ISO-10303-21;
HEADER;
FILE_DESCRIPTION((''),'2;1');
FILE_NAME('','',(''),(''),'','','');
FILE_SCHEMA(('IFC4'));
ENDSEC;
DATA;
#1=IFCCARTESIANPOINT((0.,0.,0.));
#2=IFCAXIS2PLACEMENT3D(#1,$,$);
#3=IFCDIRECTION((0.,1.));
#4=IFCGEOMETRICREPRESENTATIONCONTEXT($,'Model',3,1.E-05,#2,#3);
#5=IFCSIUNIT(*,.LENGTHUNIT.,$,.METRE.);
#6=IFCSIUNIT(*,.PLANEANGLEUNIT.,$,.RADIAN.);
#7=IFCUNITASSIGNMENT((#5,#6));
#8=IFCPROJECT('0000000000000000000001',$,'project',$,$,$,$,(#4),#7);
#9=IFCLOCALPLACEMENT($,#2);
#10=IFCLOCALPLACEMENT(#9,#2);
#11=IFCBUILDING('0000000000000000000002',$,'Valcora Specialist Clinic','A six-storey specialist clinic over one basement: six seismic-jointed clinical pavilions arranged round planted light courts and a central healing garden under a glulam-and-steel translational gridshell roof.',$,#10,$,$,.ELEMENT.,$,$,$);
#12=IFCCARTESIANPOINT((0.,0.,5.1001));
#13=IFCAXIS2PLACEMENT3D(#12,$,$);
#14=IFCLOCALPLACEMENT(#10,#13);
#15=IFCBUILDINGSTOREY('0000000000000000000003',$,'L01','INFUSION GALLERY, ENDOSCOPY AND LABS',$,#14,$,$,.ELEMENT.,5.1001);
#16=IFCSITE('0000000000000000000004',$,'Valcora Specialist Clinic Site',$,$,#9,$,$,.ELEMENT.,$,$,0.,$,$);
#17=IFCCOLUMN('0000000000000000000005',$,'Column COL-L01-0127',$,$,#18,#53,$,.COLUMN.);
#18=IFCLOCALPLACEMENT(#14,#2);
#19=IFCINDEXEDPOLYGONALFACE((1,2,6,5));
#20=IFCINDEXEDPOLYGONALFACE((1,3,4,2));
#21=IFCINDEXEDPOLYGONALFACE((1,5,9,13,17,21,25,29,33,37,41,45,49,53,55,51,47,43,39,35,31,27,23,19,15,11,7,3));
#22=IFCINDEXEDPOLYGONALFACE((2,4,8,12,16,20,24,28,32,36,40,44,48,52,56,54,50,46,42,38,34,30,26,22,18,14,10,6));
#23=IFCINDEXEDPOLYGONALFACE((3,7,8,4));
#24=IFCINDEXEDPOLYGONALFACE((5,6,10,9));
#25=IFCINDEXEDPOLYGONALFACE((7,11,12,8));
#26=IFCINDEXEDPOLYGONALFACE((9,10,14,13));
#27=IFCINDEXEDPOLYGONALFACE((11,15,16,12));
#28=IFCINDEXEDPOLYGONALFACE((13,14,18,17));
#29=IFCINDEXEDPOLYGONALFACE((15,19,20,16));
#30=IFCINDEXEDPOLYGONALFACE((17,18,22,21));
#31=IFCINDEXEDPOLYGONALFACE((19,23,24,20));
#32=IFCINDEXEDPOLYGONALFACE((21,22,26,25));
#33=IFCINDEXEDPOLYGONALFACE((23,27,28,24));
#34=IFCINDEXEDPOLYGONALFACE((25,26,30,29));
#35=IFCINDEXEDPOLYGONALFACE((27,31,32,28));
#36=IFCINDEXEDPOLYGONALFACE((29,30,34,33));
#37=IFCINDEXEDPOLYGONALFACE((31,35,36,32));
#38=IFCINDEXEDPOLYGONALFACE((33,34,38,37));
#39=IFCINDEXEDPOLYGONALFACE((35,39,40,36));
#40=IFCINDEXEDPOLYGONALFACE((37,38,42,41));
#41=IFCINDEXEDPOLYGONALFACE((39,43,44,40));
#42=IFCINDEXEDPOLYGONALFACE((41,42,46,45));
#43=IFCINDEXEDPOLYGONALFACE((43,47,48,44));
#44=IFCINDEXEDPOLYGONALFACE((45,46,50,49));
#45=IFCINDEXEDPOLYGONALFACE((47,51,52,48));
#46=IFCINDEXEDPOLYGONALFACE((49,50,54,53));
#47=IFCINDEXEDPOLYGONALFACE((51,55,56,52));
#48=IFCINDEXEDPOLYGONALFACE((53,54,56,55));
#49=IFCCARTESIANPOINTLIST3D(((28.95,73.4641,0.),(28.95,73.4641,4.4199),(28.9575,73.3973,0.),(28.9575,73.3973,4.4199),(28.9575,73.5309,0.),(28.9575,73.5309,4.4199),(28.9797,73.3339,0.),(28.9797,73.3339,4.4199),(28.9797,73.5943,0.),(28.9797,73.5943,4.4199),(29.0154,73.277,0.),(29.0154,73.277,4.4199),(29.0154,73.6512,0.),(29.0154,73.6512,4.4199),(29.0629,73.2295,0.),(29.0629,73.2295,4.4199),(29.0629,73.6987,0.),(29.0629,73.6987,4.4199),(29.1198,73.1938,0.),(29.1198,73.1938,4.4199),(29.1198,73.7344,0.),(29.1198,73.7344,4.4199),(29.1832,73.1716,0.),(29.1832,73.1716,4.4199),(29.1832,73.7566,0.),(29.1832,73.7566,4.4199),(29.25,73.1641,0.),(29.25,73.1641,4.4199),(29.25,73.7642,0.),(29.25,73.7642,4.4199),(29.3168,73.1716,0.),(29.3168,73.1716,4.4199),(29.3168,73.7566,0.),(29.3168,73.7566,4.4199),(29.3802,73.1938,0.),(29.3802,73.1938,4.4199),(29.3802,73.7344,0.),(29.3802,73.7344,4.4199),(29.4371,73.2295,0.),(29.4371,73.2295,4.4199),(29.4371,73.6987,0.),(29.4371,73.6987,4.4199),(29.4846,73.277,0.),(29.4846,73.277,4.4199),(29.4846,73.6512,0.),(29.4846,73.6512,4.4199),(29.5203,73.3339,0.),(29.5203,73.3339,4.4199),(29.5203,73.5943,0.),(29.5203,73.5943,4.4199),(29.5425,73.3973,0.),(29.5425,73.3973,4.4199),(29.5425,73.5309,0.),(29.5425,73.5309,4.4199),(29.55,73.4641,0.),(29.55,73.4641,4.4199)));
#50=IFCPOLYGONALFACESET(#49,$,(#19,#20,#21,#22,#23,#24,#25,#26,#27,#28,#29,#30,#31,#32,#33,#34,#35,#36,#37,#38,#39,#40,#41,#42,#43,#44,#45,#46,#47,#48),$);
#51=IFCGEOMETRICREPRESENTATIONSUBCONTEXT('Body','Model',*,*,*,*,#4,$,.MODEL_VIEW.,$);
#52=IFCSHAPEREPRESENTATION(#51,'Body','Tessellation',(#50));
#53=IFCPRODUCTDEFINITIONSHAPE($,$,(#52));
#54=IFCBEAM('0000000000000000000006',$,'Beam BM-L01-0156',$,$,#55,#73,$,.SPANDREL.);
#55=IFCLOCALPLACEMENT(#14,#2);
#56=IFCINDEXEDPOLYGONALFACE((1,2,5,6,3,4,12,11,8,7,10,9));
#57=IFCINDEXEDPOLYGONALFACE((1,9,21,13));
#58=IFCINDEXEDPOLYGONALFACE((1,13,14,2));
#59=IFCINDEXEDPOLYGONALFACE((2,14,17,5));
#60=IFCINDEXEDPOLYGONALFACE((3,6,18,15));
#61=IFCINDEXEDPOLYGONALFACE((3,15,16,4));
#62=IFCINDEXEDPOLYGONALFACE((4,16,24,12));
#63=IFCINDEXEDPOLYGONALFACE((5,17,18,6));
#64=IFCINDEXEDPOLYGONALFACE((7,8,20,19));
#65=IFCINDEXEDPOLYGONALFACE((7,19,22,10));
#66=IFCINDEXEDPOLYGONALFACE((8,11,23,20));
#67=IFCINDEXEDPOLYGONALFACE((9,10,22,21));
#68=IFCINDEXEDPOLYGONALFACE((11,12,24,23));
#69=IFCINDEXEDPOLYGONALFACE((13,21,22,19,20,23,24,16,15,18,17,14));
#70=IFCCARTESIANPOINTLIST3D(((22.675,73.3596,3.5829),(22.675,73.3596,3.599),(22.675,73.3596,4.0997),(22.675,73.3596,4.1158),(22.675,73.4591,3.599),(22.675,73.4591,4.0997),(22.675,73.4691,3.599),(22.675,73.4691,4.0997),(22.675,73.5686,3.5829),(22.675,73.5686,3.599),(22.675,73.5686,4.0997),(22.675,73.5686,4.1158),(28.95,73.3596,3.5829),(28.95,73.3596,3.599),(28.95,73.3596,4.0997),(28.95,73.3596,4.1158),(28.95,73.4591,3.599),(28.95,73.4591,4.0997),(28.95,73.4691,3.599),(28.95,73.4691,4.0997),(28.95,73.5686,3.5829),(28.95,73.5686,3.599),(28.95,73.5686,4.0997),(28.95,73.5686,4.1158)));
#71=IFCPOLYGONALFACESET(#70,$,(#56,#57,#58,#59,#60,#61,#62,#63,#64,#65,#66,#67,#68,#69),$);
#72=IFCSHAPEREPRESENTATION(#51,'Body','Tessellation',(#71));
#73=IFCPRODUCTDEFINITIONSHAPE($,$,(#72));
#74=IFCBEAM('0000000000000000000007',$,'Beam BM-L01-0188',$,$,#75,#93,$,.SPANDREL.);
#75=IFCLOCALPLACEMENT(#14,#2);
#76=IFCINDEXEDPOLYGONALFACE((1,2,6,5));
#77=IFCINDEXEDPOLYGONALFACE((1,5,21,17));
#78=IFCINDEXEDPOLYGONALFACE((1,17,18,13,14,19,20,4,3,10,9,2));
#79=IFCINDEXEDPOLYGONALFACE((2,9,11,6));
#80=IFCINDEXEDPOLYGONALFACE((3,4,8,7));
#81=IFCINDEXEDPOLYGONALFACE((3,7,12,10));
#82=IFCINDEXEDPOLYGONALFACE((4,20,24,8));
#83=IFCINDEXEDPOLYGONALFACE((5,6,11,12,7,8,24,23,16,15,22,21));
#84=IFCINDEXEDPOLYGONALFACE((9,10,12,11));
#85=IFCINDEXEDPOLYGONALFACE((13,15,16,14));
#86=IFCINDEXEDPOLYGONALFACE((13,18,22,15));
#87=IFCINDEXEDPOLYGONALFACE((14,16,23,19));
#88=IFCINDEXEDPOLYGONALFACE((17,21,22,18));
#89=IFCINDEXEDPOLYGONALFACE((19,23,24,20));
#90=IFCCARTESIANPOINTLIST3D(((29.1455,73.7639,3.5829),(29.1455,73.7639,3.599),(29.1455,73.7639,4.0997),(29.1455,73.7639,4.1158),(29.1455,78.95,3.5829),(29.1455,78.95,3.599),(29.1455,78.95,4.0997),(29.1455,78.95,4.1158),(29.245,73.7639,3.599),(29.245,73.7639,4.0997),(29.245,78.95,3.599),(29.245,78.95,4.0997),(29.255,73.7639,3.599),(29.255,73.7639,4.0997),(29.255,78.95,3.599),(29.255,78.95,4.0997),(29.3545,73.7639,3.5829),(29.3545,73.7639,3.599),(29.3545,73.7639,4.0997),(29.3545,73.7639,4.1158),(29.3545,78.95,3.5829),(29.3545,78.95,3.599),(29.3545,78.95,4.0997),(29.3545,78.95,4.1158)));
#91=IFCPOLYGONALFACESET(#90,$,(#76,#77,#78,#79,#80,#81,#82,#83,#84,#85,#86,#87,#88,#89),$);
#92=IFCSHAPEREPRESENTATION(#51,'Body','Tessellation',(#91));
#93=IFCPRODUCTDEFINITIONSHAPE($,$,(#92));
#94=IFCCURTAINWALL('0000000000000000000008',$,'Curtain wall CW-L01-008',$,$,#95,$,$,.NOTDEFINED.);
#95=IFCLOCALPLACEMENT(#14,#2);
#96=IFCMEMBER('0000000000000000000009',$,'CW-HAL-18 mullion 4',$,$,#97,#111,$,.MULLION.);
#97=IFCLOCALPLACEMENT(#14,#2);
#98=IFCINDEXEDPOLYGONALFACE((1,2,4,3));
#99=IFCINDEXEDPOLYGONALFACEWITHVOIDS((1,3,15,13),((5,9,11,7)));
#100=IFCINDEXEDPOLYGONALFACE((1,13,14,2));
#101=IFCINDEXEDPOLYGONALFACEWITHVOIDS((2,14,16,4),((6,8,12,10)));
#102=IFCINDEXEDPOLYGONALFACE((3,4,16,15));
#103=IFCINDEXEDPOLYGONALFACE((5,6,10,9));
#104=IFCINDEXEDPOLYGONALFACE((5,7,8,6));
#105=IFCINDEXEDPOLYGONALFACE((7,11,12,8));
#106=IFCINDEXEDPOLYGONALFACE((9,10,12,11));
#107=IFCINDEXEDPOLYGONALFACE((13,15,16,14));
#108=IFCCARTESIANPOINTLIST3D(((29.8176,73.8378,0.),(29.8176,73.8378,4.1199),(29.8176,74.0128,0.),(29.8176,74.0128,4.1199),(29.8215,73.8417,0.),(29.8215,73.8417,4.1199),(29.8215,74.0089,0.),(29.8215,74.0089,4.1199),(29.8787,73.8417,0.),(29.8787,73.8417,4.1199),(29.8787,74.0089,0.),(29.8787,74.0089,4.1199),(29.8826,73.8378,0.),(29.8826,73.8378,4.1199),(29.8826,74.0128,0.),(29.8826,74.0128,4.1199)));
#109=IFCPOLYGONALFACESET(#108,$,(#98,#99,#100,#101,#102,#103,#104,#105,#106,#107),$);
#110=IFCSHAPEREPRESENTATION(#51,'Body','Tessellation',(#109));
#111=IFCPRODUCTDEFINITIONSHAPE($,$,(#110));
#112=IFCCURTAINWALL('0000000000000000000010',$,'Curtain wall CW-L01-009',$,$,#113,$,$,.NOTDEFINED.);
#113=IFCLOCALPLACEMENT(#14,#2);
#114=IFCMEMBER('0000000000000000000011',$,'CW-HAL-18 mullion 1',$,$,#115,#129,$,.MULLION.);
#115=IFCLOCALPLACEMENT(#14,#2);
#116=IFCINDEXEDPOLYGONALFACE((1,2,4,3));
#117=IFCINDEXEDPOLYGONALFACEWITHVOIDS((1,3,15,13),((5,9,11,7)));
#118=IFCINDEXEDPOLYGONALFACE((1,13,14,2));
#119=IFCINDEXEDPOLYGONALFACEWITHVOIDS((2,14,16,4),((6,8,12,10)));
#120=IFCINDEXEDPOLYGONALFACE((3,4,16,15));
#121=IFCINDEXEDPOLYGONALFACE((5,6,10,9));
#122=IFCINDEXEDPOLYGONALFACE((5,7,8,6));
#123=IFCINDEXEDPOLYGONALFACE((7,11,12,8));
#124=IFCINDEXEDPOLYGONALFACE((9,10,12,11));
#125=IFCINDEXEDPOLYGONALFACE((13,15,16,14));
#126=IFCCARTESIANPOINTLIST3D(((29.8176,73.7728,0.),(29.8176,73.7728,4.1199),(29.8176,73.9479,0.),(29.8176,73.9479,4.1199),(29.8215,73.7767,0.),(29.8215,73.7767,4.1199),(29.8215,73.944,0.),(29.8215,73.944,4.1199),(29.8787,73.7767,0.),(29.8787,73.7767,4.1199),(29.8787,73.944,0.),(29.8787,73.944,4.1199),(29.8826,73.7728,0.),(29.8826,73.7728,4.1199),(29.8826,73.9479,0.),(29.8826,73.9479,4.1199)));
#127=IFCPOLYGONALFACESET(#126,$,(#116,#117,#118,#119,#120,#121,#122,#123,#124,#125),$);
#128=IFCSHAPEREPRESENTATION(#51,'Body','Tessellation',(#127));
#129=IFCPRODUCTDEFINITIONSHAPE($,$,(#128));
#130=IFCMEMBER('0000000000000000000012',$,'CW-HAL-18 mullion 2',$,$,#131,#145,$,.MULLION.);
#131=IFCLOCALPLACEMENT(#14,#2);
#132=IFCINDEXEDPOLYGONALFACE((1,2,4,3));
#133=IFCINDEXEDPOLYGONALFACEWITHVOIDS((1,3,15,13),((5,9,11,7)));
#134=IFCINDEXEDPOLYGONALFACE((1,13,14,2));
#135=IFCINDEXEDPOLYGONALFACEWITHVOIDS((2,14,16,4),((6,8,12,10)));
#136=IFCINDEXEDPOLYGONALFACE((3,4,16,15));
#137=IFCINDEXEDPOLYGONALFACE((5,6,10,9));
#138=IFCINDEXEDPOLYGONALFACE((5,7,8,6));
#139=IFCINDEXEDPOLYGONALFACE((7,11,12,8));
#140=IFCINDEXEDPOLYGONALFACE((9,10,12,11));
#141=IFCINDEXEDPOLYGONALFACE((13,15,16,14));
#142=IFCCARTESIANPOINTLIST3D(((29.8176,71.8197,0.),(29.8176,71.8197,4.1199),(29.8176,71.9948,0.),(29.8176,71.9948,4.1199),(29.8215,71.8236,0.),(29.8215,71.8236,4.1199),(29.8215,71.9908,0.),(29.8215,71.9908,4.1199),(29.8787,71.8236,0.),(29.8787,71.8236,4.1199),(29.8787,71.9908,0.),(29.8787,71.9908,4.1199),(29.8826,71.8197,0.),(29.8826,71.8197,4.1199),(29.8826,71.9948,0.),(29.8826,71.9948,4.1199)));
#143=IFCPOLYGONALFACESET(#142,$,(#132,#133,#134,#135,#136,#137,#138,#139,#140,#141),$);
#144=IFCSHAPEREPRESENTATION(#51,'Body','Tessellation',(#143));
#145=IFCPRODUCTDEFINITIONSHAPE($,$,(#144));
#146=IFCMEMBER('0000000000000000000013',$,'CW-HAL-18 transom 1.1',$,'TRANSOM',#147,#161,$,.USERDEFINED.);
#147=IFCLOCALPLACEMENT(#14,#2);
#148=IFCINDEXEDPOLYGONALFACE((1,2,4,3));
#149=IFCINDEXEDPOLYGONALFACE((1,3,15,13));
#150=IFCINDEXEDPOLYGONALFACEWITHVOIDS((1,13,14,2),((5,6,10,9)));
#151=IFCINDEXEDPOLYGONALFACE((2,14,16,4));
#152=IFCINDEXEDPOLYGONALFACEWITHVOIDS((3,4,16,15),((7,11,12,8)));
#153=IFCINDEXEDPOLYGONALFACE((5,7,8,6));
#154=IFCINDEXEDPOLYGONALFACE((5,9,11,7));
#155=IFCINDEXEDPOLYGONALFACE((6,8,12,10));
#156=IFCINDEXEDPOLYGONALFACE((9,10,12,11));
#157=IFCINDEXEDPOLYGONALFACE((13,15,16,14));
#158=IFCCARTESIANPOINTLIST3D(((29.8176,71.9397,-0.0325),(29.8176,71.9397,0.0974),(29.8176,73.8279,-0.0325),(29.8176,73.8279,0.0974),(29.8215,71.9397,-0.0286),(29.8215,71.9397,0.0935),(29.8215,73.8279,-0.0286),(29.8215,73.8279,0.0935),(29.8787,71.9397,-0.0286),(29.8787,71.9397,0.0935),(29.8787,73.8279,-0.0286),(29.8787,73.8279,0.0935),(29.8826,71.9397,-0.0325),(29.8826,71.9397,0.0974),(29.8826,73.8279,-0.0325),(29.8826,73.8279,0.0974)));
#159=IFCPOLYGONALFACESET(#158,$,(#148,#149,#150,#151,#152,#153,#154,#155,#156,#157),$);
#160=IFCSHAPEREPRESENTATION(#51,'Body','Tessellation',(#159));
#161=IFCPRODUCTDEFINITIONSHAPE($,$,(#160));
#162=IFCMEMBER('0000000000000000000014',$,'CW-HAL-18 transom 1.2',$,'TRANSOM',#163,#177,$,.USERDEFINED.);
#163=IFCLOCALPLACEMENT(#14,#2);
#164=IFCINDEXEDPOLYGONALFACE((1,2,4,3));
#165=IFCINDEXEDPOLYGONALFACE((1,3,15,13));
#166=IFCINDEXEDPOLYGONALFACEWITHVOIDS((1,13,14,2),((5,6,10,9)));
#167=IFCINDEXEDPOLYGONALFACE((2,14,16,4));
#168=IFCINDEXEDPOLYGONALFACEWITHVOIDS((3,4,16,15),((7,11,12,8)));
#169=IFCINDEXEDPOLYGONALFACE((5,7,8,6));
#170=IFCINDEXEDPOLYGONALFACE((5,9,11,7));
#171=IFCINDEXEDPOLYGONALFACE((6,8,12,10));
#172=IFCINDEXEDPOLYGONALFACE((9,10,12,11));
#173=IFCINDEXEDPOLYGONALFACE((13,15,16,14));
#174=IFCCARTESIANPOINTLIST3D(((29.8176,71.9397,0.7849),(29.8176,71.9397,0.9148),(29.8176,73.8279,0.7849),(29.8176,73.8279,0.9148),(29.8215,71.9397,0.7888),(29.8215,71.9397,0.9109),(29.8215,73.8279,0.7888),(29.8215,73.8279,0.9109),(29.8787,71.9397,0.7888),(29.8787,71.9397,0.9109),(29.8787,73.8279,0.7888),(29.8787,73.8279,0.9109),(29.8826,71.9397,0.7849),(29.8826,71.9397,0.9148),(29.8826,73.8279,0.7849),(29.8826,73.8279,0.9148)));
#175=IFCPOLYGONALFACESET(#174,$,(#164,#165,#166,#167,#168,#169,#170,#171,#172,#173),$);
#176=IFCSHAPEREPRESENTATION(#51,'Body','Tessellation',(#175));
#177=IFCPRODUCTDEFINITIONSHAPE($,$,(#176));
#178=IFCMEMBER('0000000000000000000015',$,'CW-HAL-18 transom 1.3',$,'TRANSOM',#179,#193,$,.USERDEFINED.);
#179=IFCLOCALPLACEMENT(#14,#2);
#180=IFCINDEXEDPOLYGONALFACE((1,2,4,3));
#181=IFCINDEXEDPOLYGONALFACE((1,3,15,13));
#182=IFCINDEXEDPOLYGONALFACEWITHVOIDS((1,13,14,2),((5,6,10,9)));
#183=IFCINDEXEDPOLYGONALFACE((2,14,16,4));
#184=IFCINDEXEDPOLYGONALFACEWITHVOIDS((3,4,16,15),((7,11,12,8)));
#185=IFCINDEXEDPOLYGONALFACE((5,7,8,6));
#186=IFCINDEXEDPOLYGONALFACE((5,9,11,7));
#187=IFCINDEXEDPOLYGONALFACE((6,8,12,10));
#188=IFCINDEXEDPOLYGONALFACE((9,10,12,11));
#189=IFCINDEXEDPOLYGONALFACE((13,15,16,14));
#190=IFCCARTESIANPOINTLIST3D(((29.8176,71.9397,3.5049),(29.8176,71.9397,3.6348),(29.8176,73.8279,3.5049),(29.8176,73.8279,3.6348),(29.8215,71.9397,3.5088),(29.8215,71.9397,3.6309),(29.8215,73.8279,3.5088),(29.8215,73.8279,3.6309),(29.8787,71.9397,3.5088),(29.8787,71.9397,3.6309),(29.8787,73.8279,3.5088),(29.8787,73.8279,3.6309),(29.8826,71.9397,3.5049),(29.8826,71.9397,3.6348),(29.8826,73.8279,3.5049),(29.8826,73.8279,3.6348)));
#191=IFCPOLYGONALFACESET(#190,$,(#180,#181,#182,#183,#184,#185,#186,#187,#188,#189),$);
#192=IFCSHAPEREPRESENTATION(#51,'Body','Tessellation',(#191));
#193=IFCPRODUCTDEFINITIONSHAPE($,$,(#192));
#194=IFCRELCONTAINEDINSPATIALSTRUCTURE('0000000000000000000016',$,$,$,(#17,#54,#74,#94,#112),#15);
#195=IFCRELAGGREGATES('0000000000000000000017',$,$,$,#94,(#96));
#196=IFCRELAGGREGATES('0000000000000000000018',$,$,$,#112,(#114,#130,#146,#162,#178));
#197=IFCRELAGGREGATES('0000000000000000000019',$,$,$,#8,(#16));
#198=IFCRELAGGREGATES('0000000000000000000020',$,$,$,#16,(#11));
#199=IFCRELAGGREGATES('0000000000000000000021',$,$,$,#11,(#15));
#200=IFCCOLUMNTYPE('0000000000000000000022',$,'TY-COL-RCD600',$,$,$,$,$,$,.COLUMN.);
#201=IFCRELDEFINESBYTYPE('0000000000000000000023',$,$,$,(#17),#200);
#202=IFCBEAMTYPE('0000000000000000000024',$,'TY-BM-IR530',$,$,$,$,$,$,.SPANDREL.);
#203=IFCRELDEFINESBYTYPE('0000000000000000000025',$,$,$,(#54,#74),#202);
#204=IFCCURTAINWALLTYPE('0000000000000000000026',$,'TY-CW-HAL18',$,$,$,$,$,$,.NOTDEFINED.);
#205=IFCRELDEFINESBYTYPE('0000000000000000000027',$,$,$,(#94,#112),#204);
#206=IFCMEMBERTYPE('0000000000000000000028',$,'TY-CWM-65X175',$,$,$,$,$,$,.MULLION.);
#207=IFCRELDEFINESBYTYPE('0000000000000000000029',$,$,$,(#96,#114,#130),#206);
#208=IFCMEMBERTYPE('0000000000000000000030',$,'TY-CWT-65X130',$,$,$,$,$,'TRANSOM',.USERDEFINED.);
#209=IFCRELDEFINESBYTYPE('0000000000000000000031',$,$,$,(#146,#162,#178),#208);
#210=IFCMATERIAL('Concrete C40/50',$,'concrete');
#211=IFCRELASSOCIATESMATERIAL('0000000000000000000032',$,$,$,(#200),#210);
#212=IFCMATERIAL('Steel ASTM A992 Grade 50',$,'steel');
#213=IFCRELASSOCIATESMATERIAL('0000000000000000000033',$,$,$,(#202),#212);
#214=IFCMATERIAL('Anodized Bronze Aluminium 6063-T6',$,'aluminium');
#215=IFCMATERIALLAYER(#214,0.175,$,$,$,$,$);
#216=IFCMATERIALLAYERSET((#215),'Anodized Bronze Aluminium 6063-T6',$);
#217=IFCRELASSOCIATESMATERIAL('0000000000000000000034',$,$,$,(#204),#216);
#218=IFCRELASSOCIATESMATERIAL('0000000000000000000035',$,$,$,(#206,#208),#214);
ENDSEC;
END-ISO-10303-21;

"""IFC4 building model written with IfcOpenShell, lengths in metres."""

from ifc_helpers import new_model, si_unit, direction, frame, origin, origin_2d, place, context, subcontext, project, spatial, hollow_rectangle, circle, i_section, extrude, material, layer, layer_set, material_profile, profile_set, type_object, element, aggregate, save


model = new_model("IFC4")

# Units and contexts
model_context = context("Model", 3, precision=1e-05, world=origin(), true_north=direction((0.0, 1.0)))
body_context = subcontext(model_context, "Body", "Model", "MODEL_VIEW")
ifc_project = project(units=[si_unit("LENGTHUNIT", "METRE"), si_unit("PLANEANGLEUNIT", "RADIAN")], contexts=[model_context])

# Site, building, storey
site_placement = place(None, origin())
site = spatial("IfcSite", under=ifc_project, at=site_placement, Name="Valcora Specialist Clinic Site", CompositionType="ELEMENT", RefElevation=0.0)
building_placement = place(site_placement, origin())
building = spatial("IfcBuilding", under=site, at=building_placement, Name="Valcora Specialist Clinic", Description="A six-storey specialist clinic over one basement: six seismic-jointed clinical pavilions arranged round planted light courts and a central healing garden under a glulam-and-steel translational gridshell roof.", CompositionType="ELEMENT")
storey_placement = place(building_placement, frame((0.0, 0.0, 5.1001)))
storey = spatial("IfcBuildingStorey", under=building, at=storey_placement, Name="L01", Description="INFUSION GALLERY, ENDOSCOPY AND LABS", CompositionType="ELEMENT", Elevation=5.1001)

# Column
ifc_material_1 = material(Name="Concrete C40/50", Category="concrete")
ifc_material_profile_1 = material_profile(ifc_material_1, circle(Radius=0.3, at=origin_2d()), Name="RC-COL-D600")
ifc_profile_set_1 = profile_set([ifc_material_profile_1], Name="Concrete C40/50")
column_type = type_object("IfcColumnType", Name="TY-COL-RCD600", PredefinedType="COLUMN", material=ifc_profile_set_1)
column_placement = place(storey_placement, frame((29.25, 73.4641, 0.0), z_axis=(0.0, 0.0, 1.0), x_axis=(1.0, 0.0, 0.0)))
element("IfcColumn", 1, at=column_placement, inside=storey, type_object=column_type, Name="Column COL-L01-0127", PredefinedType="COLUMN", context=body_context, shape_type="SweptSolid", body=[
    extrude(circle(Radius=0.3, at=origin_2d()), origin(), (0.0, 0.0, 1.0), 4.4199),
])

# Beams
ifc_material_2 = material(Name="Steel ASTM A992 Grade 50", Category="steel")
ifc_material_profile_2 = material_profile(ifc_material_2, i_section(OverallWidth=0.209, OverallDepth=0.533, WebThickness=0.01, FlangeThickness=0.0161, at=origin_2d()), Name="ST-IR-530X210")
ifc_profile_set_2 = profile_set([ifc_material_profile_2], Name="Steel ASTM A992 Grade 50")
beam_type = type_object("IfcBeamType", Name="TY-BM-IR530", PredefinedType="SPANDREL", material=ifc_profile_set_2)
beam_1_placement = place(storey_placement, frame((22.675, 73.4641, 3.8494), z_axis=(1.0, 0.0, 0.0), x_axis=(0.0, 1.0, 0.0)))
element("IfcBeam", 2, at=beam_1_placement, inside=storey, type_object=beam_type, Name="Beam BM-L01-0156", PredefinedType="SPANDREL", context=body_context, shape_type="SweptSolid", body=[
    extrude(i_section(OverallWidth=0.209, OverallDepth=0.533, WebThickness=0.01, FlangeThickness=0.0161, at=origin_2d()), origin(), (0.0, 0.0, 1.0), 6.2749),
])
beam_2_placement = place(storey_placement, frame((29.25, 73.7639, 3.8494), z_axis=(0.0, 1.0, 0.0), x_axis=(-1.0, 0.0, 0.0)))
element("IfcBeam", 3, at=beam_2_placement, inside=storey, type_object=beam_type, Name="Beam BM-L01-0188", PredefinedType="SPANDREL", context=body_context, shape_type="SweptSolid", body=[
    extrude(i_section(OverallWidth=0.209, OverallDepth=0.533, WebThickness=0.01, FlangeThickness=0.0161, at=origin_2d()), origin(), (0.0, 0.0, 1.0), 5.186),
])

# Curtain wall, member
ifc_material_3 = material(Name="Anodized Bronze Aluminium 6063-T6", Category="aluminium")
ifc_layer_1 = layer(ifc_material_3, 0.175)
ifc_layer_set_1 = layer_set([ifc_layer_1], Name="Anodized Bronze Aluminium 6063-T6")
curtain_wall_type = type_object("IfcCurtainWallType", Name="TY-CW-HAL18", PredefinedType="NOTDEFINED", material=ifc_layer_set_1)
curtain_wall_1_placement = place(storey_placement, origin())
curtain_wall_1 = element("IfcCurtainWall", 4, at=curtain_wall_1_placement, inside=storey, type_object=curtain_wall_type, Name="Curtain wall CW-L01-008", PredefinedType="NOTDEFINED")
ifc_material_profile_3 = material_profile(ifc_material_3, hollow_rectangle(XDim=0.0649, YDim=0.175, WallThickness=0.0039, at=origin_2d()), Name="AL-MUL-65X175")
ifc_profile_set_3 = profile_set([ifc_material_profile_3], Name="Anodized Bronze Aluminium 6063-T6")
member_type_1 = type_object("IfcMemberType", Name="TY-CWM-65X175", PredefinedType="MULLION", material=ifc_profile_set_3)
member_1_placement = place(storey_placement, frame((29.8501, 73.9253, 0.0), z_axis=(0.0, 0.0, 1.0), x_axis=(1.0, 0.0, 0.0)))
member_1 = element("IfcMember", 5, at=member_1_placement, type_object=member_type_1, Name="CW-HAL-18 mullion 4", PredefinedType="MULLION", context=body_context, shape_type="SweptSolid", body=[
    extrude(hollow_rectangle(XDim=0.0649, YDim=0.175, WallThickness=0.0039, at=origin_2d()), origin(), (0.0, 0.0, 1.0), 4.1199),
])

# Curtain wall, members
curtain_wall_2_placement = place(storey_placement, origin())
curtain_wall_2 = element("IfcCurtainWall", 6, at=curtain_wall_2_placement, inside=storey, type_object=curtain_wall_type, Name="Curtain wall CW-L01-009", PredefinedType="NOTDEFINED")
member_2_placement = place(storey_placement, frame((29.8501, 73.8604, 0.0), z_axis=(0.0, 0.0, 1.0), x_axis=(1.0, 0.0, 0.0)))
member_2 = element("IfcMember", 7, at=member_2_placement, type_object=member_type_1, Name="CW-HAL-18 mullion 1", PredefinedType="MULLION", context=body_context, shape_type="SweptSolid", body=[
    extrude(hollow_rectangle(XDim=0.0649, YDim=0.175, WallThickness=0.0039, at=origin_2d()), origin(), (0.0, 0.0, 1.0), 4.1199),
])
member_3_placement = place(storey_placement, frame((29.8501, 71.9072, 0.0), z_axis=(0.0, 0.0, 1.0), x_axis=(1.0, 0.0, 0.0)))
member_3 = element("IfcMember", 8, at=member_3_placement, type_object=member_type_1, Name="CW-HAL-18 mullion 2", PredefinedType="MULLION", context=body_context, shape_type="SweptSolid", body=[
    extrude(hollow_rectangle(XDim=0.0649, YDim=0.175, WallThickness=0.0039, at=origin_2d()), origin(), (0.0, 0.0, 1.0), 4.1199),
])
ifc_material_profile_4 = material_profile(ifc_material_3, hollow_rectangle(XDim=0.0649, YDim=0.1299, WallThickness=0.0039, at=origin_2d()), Name="AL-TRN-65X130")
ifc_profile_set_4 = profile_set([ifc_material_profile_4], Name="Anodized Bronze Aluminium 6063-T6")
member_type_2 = type_object("IfcMemberType", Name="TY-CWT-65X130", ElementType="TRANSOM", PredefinedType="USERDEFINED", material=ifc_profile_set_4)
member_4_placement = place(storey_placement, frame((29.8501, 73.8279, 0.0325), z_axis=(0.0, -1.0, 0.0), x_axis=(1.0, 0.0, 0.0)))
member_4 = element("IfcMember", 9, at=member_4_placement, type_object=member_type_2, Name="CW-HAL-18 transom 1.1", ObjectType="TRANSOM", PredefinedType="USERDEFINED", context=body_context, shape_type="SweptSolid", body=[
    extrude(hollow_rectangle(XDim=0.0649, YDim=0.1299, WallThickness=0.0039, at=origin_2d()), origin(), (0.0, 0.0, 1.0), 1.8882),
])
member_5_placement = place(storey_placement, frame((29.8501, 73.8279, 0.8499), z_axis=(0.0, -1.0, 0.0), x_axis=(1.0, 0.0, 0.0)))
member_5 = element("IfcMember", 10, at=member_5_placement, type_object=member_type_2, Name="CW-HAL-18 transom 1.2", ObjectType="TRANSOM", PredefinedType="USERDEFINED", context=body_context, shape_type="SweptSolid", body=[
    extrude(hollow_rectangle(XDim=0.0649, YDim=0.1299, WallThickness=0.0039, at=origin_2d()), origin(), (0.0, 0.0, 1.0), 1.8882),
])
member_6_placement = place(storey_placement, frame((29.8501, 73.8279, 3.5698), z_axis=(0.0, -1.0, 0.0), x_axis=(1.0, 0.0, 0.0)))
member_6 = element("IfcMember", 11, at=member_6_placement, type_object=member_type_2, Name="CW-HAL-18 transom 1.3", ObjectType="TRANSOM", PredefinedType="USERDEFINED", context=body_context, shape_type="SweptSolid", body=[
    extrude(hollow_rectangle(XDim=0.0649, YDim=0.1299, WallThickness=0.0039, at=origin_2d()), origin(), (0.0, 0.0, 1.0), 1.8882),
])

aggregate(curtain_wall_1, [member_1])
aggregate(curtain_wall_2, [member_2, member_3, member_4, member_5, member_6])

save(model, "model.ifc")
